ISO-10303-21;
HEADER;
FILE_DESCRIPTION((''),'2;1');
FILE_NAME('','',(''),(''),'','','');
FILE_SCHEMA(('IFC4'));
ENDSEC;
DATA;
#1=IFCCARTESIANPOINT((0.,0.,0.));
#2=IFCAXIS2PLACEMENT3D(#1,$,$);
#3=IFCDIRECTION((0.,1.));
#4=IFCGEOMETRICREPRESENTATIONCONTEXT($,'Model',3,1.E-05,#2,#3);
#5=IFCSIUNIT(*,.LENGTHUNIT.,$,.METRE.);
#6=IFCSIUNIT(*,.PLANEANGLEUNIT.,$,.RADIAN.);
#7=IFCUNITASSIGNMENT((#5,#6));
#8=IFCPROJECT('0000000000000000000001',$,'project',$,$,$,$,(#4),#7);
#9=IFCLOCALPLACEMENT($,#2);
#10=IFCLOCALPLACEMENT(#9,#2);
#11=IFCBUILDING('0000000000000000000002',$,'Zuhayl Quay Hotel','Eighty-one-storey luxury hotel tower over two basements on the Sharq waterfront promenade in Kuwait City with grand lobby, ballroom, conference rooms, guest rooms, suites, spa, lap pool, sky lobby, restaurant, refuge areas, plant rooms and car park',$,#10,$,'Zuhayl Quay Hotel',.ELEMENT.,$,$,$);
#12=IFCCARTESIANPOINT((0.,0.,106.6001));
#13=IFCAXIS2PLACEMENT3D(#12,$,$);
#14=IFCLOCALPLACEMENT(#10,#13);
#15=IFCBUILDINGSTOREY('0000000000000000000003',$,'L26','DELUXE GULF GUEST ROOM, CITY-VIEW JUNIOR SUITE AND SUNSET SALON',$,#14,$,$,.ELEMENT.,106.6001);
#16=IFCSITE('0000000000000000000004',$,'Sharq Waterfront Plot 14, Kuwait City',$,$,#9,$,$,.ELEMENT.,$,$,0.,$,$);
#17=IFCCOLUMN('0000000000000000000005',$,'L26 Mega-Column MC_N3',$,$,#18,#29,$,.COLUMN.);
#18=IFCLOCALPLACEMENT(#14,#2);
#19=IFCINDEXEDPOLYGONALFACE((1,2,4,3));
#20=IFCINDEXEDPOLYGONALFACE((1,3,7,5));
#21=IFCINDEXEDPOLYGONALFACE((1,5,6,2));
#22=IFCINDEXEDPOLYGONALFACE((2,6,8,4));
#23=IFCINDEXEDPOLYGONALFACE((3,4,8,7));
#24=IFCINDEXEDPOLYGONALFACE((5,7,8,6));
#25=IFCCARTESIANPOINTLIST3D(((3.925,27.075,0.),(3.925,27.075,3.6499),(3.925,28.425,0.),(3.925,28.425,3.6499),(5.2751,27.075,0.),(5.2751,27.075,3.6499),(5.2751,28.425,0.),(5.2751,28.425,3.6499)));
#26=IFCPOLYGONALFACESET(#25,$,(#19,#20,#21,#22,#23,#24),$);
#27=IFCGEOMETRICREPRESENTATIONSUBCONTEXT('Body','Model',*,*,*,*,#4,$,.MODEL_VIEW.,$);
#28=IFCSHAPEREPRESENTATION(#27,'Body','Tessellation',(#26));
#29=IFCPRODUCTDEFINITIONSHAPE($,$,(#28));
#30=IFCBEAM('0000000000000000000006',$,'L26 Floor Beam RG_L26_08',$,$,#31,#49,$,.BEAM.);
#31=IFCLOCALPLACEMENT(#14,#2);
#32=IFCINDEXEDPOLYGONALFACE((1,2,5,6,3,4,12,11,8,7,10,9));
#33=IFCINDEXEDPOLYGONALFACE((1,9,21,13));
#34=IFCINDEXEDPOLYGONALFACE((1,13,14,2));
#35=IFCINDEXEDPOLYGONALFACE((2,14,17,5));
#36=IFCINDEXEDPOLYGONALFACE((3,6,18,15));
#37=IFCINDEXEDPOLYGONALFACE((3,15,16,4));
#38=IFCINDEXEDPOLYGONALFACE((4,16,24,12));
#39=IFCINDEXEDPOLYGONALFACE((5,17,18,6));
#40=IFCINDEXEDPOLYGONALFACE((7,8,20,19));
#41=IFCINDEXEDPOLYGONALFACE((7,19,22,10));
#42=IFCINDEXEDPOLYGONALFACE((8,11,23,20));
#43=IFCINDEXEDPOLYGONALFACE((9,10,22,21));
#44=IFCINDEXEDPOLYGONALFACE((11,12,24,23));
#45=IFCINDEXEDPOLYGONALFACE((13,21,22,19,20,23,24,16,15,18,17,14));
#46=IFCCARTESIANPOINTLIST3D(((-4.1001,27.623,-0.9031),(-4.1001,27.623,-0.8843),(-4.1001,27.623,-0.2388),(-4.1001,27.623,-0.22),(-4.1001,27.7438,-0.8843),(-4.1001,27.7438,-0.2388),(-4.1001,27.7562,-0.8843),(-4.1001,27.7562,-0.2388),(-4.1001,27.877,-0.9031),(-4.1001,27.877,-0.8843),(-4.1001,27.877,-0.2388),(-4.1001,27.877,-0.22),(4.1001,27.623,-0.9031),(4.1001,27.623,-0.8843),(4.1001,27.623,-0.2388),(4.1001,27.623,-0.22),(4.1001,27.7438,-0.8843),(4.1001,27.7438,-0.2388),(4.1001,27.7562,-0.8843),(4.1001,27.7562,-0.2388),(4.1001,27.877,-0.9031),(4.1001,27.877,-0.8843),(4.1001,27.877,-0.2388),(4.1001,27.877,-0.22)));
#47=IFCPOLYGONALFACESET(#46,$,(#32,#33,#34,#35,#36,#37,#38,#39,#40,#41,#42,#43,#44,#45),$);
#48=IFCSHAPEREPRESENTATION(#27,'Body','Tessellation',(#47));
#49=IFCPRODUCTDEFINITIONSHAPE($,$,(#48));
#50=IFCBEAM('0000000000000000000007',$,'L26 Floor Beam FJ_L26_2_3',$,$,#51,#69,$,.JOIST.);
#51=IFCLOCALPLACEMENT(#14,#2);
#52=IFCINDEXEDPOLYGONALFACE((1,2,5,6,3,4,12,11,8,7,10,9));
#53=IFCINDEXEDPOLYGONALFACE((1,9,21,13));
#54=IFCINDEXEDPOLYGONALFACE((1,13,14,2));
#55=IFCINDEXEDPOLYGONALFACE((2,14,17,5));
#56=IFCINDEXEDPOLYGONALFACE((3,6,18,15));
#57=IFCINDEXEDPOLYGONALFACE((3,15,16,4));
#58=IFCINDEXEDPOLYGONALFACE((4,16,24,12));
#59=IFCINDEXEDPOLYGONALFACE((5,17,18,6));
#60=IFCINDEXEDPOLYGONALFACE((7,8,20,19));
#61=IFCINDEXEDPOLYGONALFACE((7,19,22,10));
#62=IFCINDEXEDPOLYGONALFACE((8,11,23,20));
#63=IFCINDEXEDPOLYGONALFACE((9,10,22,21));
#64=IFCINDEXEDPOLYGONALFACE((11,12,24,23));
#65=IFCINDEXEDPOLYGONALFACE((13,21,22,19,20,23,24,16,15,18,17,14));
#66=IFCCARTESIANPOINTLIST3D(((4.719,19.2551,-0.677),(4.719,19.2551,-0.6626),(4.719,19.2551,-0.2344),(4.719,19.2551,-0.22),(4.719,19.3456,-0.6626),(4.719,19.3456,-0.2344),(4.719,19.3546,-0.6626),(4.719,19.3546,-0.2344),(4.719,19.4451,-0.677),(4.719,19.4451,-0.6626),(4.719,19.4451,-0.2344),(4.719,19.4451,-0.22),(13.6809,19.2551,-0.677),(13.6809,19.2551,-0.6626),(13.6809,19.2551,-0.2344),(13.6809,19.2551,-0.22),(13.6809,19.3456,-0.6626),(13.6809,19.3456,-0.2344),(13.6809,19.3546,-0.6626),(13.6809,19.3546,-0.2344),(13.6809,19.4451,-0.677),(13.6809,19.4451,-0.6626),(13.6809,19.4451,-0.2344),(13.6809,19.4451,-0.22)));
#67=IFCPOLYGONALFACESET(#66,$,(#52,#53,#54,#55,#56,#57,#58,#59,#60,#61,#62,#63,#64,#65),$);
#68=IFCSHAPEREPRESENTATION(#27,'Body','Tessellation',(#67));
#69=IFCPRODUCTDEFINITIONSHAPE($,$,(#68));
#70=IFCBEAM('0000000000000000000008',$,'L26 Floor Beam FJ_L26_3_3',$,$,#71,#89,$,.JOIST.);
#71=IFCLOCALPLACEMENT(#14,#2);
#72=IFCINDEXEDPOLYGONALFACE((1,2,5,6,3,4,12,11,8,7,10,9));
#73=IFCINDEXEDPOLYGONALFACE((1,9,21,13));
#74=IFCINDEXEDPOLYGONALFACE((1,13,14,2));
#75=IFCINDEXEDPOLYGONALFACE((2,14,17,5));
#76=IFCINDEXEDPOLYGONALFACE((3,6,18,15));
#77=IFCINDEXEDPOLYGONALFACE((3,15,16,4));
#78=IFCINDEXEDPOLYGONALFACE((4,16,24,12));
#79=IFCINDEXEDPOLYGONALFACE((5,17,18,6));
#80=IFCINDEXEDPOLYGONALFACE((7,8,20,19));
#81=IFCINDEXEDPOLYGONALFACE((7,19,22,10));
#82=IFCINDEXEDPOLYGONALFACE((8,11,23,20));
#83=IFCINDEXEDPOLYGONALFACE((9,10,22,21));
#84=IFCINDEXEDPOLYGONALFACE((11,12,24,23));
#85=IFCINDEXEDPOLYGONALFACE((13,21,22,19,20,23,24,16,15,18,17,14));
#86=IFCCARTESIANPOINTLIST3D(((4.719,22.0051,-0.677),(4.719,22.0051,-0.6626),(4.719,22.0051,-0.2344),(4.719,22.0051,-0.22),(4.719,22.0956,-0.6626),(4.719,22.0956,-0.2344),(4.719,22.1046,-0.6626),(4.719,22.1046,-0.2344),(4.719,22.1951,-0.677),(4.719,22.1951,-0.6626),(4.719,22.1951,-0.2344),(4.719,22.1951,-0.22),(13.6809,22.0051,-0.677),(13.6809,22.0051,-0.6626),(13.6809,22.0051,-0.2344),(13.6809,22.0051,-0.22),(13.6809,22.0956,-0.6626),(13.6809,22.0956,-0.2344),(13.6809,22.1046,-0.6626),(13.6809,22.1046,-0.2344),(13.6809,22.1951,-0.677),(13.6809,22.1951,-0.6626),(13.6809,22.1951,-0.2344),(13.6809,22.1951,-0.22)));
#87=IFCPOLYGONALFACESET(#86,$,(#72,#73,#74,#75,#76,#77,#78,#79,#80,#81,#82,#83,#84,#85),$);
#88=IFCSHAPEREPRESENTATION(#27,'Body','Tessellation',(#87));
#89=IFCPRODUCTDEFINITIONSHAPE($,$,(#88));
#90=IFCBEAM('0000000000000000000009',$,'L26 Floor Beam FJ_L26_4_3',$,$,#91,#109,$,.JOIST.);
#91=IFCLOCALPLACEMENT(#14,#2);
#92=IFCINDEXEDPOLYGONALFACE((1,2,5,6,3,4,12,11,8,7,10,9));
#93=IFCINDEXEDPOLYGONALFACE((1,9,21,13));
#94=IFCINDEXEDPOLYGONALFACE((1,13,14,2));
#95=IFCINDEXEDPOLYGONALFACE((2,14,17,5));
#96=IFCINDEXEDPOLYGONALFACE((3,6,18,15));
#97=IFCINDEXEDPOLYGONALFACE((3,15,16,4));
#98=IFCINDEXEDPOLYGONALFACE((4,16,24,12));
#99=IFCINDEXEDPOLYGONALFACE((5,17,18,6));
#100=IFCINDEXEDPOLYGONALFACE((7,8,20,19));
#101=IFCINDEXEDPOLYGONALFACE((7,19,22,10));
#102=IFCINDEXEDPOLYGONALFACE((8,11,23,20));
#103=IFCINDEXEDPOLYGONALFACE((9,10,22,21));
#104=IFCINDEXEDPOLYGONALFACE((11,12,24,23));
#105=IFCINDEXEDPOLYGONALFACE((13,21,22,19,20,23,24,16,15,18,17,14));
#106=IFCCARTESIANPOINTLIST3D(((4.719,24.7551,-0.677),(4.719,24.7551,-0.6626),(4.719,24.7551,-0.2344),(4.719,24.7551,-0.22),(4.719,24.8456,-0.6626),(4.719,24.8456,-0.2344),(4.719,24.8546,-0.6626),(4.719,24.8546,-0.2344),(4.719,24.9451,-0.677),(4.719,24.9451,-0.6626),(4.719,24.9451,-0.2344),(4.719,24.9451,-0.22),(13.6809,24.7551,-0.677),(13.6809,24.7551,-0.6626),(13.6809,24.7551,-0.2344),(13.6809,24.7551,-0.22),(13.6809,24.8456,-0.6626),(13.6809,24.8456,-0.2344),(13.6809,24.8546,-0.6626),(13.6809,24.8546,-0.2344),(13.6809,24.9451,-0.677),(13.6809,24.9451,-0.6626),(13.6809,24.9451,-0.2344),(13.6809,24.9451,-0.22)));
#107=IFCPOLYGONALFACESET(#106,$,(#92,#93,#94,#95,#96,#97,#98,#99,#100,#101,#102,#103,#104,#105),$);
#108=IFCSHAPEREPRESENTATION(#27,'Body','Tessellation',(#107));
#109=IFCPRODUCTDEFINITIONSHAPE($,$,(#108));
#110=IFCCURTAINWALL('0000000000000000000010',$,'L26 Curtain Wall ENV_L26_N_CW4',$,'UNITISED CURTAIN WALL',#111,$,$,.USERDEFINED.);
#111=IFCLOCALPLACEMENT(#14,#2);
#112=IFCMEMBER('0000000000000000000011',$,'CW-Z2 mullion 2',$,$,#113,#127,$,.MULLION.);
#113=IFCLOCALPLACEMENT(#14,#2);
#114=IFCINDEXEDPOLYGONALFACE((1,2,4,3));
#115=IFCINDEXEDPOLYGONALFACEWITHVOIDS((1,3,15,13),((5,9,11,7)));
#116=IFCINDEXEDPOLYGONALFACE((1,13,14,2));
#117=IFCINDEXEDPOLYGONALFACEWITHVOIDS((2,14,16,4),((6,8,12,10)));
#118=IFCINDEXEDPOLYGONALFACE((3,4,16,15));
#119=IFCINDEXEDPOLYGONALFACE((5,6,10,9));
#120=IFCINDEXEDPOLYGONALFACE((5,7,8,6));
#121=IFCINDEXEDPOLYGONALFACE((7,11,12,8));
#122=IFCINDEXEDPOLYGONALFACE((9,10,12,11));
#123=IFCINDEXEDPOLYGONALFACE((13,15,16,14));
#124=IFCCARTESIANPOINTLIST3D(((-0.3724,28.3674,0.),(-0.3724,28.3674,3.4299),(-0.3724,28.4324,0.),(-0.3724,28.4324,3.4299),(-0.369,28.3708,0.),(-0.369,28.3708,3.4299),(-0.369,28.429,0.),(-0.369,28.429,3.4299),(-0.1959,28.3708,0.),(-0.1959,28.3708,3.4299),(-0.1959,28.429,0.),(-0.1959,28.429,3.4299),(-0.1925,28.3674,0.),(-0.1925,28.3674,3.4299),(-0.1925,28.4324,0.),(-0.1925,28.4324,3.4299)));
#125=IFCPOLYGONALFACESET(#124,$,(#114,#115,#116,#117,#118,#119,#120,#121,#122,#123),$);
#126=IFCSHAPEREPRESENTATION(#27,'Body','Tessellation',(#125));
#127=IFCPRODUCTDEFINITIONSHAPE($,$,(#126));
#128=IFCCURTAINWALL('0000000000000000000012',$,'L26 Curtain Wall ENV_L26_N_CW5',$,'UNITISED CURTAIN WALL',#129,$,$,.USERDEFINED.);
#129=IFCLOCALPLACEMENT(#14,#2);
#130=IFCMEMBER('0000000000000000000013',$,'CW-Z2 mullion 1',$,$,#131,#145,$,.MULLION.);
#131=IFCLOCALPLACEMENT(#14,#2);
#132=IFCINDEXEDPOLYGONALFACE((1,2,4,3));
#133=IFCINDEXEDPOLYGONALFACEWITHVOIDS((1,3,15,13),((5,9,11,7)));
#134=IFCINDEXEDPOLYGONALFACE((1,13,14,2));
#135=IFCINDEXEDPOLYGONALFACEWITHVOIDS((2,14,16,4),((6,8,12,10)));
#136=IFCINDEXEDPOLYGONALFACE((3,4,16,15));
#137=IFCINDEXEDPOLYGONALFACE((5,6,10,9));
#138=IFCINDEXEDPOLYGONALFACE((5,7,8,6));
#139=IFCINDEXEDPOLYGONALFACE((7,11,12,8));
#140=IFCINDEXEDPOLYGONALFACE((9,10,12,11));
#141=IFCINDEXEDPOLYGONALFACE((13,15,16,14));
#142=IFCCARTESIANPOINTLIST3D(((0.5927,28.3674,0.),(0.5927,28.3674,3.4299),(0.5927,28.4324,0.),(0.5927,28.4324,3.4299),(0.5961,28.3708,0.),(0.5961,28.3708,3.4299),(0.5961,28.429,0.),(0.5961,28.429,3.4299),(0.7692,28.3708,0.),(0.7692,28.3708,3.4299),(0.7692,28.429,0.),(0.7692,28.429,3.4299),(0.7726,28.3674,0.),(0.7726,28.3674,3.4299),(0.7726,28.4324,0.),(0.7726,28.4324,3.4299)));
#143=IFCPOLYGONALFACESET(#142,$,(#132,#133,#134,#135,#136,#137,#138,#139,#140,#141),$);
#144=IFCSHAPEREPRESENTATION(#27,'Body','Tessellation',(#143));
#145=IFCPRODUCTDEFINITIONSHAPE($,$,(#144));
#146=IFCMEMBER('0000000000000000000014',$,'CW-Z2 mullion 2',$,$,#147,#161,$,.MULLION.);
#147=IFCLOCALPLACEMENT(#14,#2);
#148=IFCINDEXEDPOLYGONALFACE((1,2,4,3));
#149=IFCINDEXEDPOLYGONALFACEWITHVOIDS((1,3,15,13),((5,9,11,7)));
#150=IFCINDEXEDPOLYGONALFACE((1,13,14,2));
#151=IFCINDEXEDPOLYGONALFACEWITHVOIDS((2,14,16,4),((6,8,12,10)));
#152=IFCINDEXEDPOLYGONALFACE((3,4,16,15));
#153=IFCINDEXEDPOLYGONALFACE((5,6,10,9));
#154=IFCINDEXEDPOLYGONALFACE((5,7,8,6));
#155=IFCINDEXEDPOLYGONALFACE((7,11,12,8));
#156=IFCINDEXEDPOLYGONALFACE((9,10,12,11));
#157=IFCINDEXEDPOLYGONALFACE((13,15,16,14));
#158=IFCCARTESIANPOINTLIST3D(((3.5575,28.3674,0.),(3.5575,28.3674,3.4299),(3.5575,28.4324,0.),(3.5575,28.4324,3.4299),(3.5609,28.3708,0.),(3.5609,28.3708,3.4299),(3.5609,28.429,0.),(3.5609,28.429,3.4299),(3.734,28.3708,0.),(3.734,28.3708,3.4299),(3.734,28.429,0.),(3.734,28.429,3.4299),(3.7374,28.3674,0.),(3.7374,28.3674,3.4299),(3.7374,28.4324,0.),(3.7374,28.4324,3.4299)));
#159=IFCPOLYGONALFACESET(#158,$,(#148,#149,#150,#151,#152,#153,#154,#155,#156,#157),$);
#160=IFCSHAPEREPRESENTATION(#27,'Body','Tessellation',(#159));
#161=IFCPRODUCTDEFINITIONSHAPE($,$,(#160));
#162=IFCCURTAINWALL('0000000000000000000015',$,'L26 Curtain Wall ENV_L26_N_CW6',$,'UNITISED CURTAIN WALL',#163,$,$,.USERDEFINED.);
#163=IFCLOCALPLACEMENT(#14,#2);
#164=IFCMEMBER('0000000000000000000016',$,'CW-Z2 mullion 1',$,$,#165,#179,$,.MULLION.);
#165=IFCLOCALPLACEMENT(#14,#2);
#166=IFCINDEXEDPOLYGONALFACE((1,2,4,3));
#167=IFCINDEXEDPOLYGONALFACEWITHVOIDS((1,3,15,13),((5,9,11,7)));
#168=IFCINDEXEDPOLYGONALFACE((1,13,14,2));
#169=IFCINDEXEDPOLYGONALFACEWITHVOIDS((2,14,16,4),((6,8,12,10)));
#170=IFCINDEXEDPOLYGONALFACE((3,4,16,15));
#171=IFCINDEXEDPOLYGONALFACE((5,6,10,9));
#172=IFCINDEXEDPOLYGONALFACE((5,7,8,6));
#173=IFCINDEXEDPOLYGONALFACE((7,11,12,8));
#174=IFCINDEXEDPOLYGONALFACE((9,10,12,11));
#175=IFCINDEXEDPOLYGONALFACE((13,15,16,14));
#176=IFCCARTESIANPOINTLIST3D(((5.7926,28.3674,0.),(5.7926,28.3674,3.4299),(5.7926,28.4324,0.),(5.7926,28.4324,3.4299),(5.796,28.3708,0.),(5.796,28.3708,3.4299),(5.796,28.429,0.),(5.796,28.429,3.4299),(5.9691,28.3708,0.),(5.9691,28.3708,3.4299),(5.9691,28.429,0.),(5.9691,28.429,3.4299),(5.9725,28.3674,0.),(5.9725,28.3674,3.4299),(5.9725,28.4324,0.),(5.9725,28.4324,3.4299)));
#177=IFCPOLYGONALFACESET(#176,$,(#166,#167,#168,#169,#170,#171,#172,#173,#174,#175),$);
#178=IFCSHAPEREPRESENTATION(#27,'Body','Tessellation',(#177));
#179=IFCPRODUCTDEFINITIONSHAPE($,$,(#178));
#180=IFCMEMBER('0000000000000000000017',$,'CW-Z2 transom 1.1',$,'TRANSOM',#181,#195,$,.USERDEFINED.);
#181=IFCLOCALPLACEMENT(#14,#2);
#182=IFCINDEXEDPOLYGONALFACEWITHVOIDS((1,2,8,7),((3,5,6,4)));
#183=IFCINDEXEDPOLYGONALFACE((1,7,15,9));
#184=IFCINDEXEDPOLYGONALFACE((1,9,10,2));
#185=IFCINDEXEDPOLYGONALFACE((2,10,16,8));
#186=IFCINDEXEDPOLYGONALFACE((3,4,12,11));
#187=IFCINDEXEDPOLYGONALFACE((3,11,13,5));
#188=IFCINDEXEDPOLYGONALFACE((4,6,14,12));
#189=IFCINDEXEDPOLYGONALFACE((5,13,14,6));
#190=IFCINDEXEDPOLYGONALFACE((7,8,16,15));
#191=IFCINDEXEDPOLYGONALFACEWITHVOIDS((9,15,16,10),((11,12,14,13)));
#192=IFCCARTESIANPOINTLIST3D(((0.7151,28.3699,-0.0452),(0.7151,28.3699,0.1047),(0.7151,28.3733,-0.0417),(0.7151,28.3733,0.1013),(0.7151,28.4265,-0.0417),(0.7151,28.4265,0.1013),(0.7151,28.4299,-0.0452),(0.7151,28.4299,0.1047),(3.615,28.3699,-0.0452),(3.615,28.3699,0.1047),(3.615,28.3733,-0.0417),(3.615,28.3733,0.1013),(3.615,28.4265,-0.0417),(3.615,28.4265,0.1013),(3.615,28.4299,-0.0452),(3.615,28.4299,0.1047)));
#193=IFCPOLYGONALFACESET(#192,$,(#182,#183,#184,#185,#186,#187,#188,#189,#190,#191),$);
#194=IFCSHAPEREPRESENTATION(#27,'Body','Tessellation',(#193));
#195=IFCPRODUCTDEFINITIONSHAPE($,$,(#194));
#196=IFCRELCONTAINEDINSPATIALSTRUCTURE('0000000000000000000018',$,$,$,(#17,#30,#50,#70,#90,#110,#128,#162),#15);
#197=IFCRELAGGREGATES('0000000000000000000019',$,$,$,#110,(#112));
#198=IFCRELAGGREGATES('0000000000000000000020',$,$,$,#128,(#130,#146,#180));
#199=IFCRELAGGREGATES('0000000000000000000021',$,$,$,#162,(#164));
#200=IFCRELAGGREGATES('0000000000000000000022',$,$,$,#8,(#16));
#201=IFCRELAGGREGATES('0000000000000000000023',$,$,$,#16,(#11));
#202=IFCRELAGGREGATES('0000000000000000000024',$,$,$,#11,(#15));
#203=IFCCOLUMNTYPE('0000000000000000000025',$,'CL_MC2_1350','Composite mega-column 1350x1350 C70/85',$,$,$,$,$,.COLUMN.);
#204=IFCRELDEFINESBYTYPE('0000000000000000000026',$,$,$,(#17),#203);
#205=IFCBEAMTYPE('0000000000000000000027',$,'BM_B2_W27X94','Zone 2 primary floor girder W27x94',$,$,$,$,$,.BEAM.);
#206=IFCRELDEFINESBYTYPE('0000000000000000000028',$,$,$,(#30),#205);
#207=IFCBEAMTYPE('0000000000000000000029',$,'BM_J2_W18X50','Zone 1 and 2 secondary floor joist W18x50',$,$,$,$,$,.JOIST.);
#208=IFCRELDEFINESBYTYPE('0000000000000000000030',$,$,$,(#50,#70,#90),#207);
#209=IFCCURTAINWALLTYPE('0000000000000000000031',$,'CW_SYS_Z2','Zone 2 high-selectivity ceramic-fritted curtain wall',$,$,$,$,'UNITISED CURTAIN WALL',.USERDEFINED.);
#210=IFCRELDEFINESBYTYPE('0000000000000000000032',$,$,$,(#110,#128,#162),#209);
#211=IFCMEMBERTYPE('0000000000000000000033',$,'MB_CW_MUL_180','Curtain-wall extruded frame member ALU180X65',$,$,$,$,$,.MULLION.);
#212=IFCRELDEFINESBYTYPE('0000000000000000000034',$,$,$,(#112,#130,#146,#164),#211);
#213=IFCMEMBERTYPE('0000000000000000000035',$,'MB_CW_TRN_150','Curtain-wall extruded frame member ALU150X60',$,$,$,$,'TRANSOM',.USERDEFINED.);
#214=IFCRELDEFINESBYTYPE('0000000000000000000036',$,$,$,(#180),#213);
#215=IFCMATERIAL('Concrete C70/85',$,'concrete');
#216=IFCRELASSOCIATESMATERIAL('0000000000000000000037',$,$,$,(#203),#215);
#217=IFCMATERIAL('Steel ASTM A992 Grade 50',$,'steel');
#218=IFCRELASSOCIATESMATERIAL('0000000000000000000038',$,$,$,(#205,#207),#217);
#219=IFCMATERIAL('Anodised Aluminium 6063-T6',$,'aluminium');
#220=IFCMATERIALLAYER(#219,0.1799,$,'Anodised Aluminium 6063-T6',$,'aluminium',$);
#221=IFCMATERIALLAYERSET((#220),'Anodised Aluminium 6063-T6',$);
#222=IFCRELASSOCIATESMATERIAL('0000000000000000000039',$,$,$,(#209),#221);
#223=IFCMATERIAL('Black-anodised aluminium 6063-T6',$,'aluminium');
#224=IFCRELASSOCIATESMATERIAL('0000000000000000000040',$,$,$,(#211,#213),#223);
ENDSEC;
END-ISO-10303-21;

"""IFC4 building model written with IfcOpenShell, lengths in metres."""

from ifc_helpers import new_model, si_unit, direction, frame, origin, origin_2d, place, context, subcontext, project, spatial, rectangle, hollow_rectangle, i_section, extrude, material, layer, layer_set, material_profile, profile_set, type_object, element, aggregate, save


model = new_model("IFC4")

# Units and contexts
model_context = context("Model", 3, precision=1e-05, world=origin(), true_north=direction((0.0, 1.0)))
body_context = subcontext(model_context, "Body", "Model", "MODEL_VIEW")
ifc_project = project(units=[si_unit("LENGTHUNIT", "METRE"), si_unit("PLANEANGLEUNIT", "RADIAN")], contexts=[model_context])

# Site, building, storey
site_placement = place(None, origin())
site = spatial("IfcSite", under=ifc_project, at=site_placement, Name="Sharq Waterfront Plot 14, Kuwait City", CompositionType="ELEMENT", RefElevation=0.0)
building_placement = place(site_placement, origin())
building = spatial("IfcBuilding", under=site, at=building_placement, Name="Zuhayl Quay Hotel", Description="Eighty-one-storey luxury hotel tower over two basements on the Sharq waterfront promenade in Kuwait City with grand lobby, ballroom, conference rooms, guest rooms, suites, spa, lap pool, sky lobby, restaurant, refuge areas, plant rooms and car park", LongName="Zuhayl Quay Hotel", CompositionType="ELEMENT")
storey_placement = place(building_placement, frame((0.0, 0.0, 106.6001)))
storey = spatial("IfcBuildingStorey", under=building, at=storey_placement, Name="L26", Description="DELUXE GULF GUEST ROOM, CITY-VIEW JUNIOR SUITE AND SUNSET SALON", CompositionType="ELEMENT", Elevation=106.6001)

# Column
ifc_material_1 = material(Name="Concrete C70/85", Category="concrete")
ifc_material_profile_1 = material_profile(ifc_material_1, rectangle(XDim=1.3501, YDim=1.3501, at=origin_2d()), Name="RC1350X1350")
ifc_profile_set_1 = profile_set([ifc_material_profile_1], Name="Concrete C70/85")
column_type = type_object("IfcColumnType", Name="CL_MC2_1350", Description="Composite mega-column 1350x1350 C70/85", PredefinedType="COLUMN", material=ifc_profile_set_1)
column_placement = place(storey_placement, frame((4.6001, 27.75, 0.0), z_axis=(0.0, 0.0, 1.0), x_axis=(1.0, 0.0, 0.0)))
element("IfcColumn", 1, at=column_placement, inside=storey, type_object=column_type, Name="L26 Mega-Column MC_N3", PredefinedType="COLUMN", context=body_context, shape_type="SweptSolid", body=[
    extrude(rectangle(XDim=1.3501, YDim=1.3501, at=origin_2d()), origin(), (0.0, 0.0, 1.0), 3.6499),
])

# Beams
ifc_material_2 = material(Name="Steel ASTM A992 Grade 50", Category="steel")
ifc_material_profile_2 = material_profile(ifc_material_2, i_section(OverallWidth=0.2539, OverallDepth=0.6831, WebThickness=0.0125, FlangeThickness=0.0188, at=origin_2d()), Name="W27X94")
ifc_profile_set_2 = profile_set([ifc_material_profile_2], Name="Steel ASTM A992 Grade 50")
beam_type_1 = type_object("IfcBeamType", Name="BM_B2_W27X94", Description="Zone 2 primary floor girder W27x94", PredefinedType="BEAM", material=ifc_profile_set_2)
beam_placement = place(storey_placement, frame((4.1001, 27.75, -0.5615), z_axis=(-1.0, 0.0, 0.0), x_axis=(0.0, -1.0, 0.0)))
element("IfcBeam", 2, at=beam_placement, inside=storey, type_object=beam_type_1, Name="L26 Floor Beam RG_L26_08", PredefinedType="BEAM", context=body_context, shape_type="SweptSolid", body=[
    extrude(i_section(OverallWidth=0.2539, OverallDepth=0.6831, WebThickness=0.0125, FlangeThickness=0.0188, at=origin_2d()), origin(), (0.0, 0.0, 1.0), 8.2002),
])
ifc_material_profile_3 = material_profile(ifc_material_2, i_section(OverallWidth=0.1899, OverallDepth=0.457, WebThickness=0.009, FlangeThickness=0.0144, at=origin_2d()), Name="W18X50")
ifc_profile_set_3 = profile_set([ifc_material_profile_3], Name="Steel ASTM A992 Grade 50")
beam_type_2 = type_object("IfcBeamType", Name="BM_J2_W18X50", Description="Zone 1 and 2 secondary floor joist W18x50", PredefinedType="JOIST", material=ifc_profile_set_3)
for number, where, z_axis, x_axis, name in (
    (3, (4.719, 19.3501, -0.4485), (1.0, 0.0, 0.0), (0.0, 1.0, 0.0), "L26 Floor Beam FJ_L26_2_3"),
    (4, (4.719, 22.1001, -0.4485), (1.0, 0.0, 0.0), (0.0, 1.0, 0.0), "L26 Floor Beam FJ_L26_3_3"),
    (5, (4.719, 24.8501, -0.4485), (1.0, 0.0, 0.0), (0.0, 1.0, 0.0), "L26 Floor Beam FJ_L26_4_3"),
):
    element("IfcBeam", number, at=place(storey_placement, frame(where, z_axis=z_axis, x_axis=x_axis)), inside=storey, type_object=beam_type_2, Name=name, PredefinedType="JOIST", context=body_context, shape_type="SweptSolid", body=[
        extrude(i_section(OverallWidth=0.1899, OverallDepth=0.457, WebThickness=0.009, FlangeThickness=0.0144, at=origin_2d()), origin(), (0.0, 0.0, 1.0), 8.9619),
    ])

# Curtain wall, member
ifc_material_3 = material(Name="Anodised Aluminium 6063-T6", Category="aluminium")
ifc_layer_1 = layer(ifc_material_3, 0.1799, Name="Anodised Aluminium 6063-T6", Category="aluminium")
ifc_layer_set_1 = layer_set([ifc_layer_1], Name="Anodised Aluminium 6063-T6")
curtain_wall_type = type_object("IfcCurtainWallType", Name="CW_SYS_Z2", Description="Zone 2 high-selectivity ceramic-fritted curtain wall", ElementType="UNITISED CURTAIN WALL", PredefinedType="USERDEFINED", material=ifc_layer_set_1)
curtain_wall_1_placement = place(storey_placement, origin())
curtain_wall_1 = element("IfcCurtainWall", 6, at=curtain_wall_1_placement, inside=storey, type_object=curtain_wall_type, Name="L26 Curtain Wall ENV_L26_N_CW4", ObjectType="UNITISED CURTAIN WALL", PredefinedType="USERDEFINED")
ifc_material_4 = material(Name="Black-anodised aluminium 6063-T6", Category="aluminium")
ifc_material_profile_4 = material_profile(ifc_material_4, hollow_rectangle(XDim=0.0649, YDim=0.1799, WallThickness=0.0034, at=origin_2d()), Name="ALU180X65")
ifc_profile_set_4 = profile_set([ifc_material_profile_4], Name="Black-anodised aluminium 6063-T6")
member_type_1 = type_object("IfcMemberType", Name="MB_CW_MUL_180", Description="Curtain-wall extruded frame member ALU180X65", PredefinedType="MULLION", material=ifc_profile_set_4)
member_1_placement = place(storey_placement, frame((-0.2825, 28.3999, 0.0), z_axis=(0.0, 0.0, 1.0), x_axis=(0.0, 1.0, 0.0)))
member_1 = element("IfcMember", 7, at=member_1_placement, type_object=member_type_1, Name="CW-Z2 mullion 2", PredefinedType="MULLION", context=body_context, shape_type="SweptSolid", body=[
    extrude(hollow_rectangle(XDim=0.0649, YDim=0.1799, WallThickness=0.0034, at=origin_2d()), origin(), (0.0, 0.0, 1.0), 3.4299),
])
aggregate(curtain_wall_1, [member_1])

# Curtain wall, members
curtain_wall_2_placement = place(storey_placement, origin())
curtain_wall_2 = element("IfcCurtainWall", 8, at=curtain_wall_2_placement, inside=storey, type_object=curtain_wall_type, Name="L26 Curtain Wall ENV_L26_N_CW5", ObjectType="UNITISED CURTAIN WALL", PredefinedType="USERDEFINED")
member_2_placement = place(storey_placement, frame((0.6826, 28.3999, 0.0), z_axis=(0.0, 0.0, 1.0), x_axis=(0.0, 1.0, 0.0)))
member_2 = element("IfcMember", 9, at=member_2_placement, type_object=member_type_1, Name="CW-Z2 mullion 1", PredefinedType="MULLION", context=body_context, shape_type="SweptSolid", body=[
    extrude(hollow_rectangle(XDim=0.0649, YDim=0.1799, WallThickness=0.0034, at=origin_2d()), origin(), (0.0, 0.0, 1.0), 3.4299),
])
member_3_placement = place(storey_placement, frame((3.6475, 28.3999, 0.0), z_axis=(0.0, 0.0, 1.0), x_axis=(0.0, 1.0, 0.0)))
member_3 = element("IfcMember", 10, at=member_3_placement, type_object=member_type_1, Name="CW-Z2 mullion 2", PredefinedType="MULLION", context=body_context, shape_type="SweptSolid", body=[
    extrude(hollow_rectangle(XDim=0.0649, YDim=0.1799, WallThickness=0.0034, at=origin_2d()), origin(), (0.0, 0.0, 1.0), 3.4299),
])

# Curtain wall, member
curtain_wall_3_placement = place(storey_placement, origin())
curtain_wall_3 = element("IfcCurtainWall", 11, at=curtain_wall_3_placement, inside=storey, type_object=curtain_wall_type, Name="L26 Curtain Wall ENV_L26_N_CW6", ObjectType="UNITISED CURTAIN WALL", PredefinedType="USERDEFINED")
member_4_placement = place(storey_placement, frame((5.8826, 28.3999, 0.0), z_axis=(0.0, 0.0, 1.0), x_axis=(0.0, 1.0, 0.0)))
member_4 = element("IfcMember", 12, at=member_4_placement, type_object=member_type_1, Name="CW-Z2 mullion 1", PredefinedType="MULLION", context=body_context, shape_type="SweptSolid", body=[
    extrude(hollow_rectangle(XDim=0.0649, YDim=0.1799, WallThickness=0.0034, at=origin_2d()), origin(), (0.0, 0.0, 1.0), 3.4299),
])

# Member
ifc_material_profile_5 = material_profile(ifc_material_4, hollow_rectangle(XDim=0.0601, YDim=0.1499, WallThickness=0.0034, at=origin_2d()), Name="ALU150X60")
ifc_profile_set_5 = profile_set([ifc_material_profile_5], Name="Black-anodised aluminium 6063-T6")
member_type_2 = type_object("IfcMemberType", Name="MB_CW_TRN_150", Description="Curtain-wall extruded frame member ALU150X60", ElementType="TRANSOM", PredefinedType="USERDEFINED", material=ifc_profile_set_5)
member_5_placement = place(storey_placement, frame((0.7151, 28.3999, 0.0298), z_axis=(1.0, 0.0, 0.0), x_axis=(0.0, 1.0, 0.0)))
member_5 = element("IfcMember", 13, at=member_5_placement, type_object=member_type_2, Name="CW-Z2 transom 1.1", ObjectType="TRANSOM", PredefinedType="USERDEFINED", context=body_context, shape_type="SweptSolid", body=[
    extrude(hollow_rectangle(XDim=0.0601, YDim=0.1499, WallThickness=0.0034, at=origin_2d()), origin(), (0.0, 0.0, 1.0), 2.8999),
])

aggregate(curtain_wall_2, [member_2, member_3, member_5])
aggregate(curtain_wall_3, [member_4])

save(model, "model.ifc")
